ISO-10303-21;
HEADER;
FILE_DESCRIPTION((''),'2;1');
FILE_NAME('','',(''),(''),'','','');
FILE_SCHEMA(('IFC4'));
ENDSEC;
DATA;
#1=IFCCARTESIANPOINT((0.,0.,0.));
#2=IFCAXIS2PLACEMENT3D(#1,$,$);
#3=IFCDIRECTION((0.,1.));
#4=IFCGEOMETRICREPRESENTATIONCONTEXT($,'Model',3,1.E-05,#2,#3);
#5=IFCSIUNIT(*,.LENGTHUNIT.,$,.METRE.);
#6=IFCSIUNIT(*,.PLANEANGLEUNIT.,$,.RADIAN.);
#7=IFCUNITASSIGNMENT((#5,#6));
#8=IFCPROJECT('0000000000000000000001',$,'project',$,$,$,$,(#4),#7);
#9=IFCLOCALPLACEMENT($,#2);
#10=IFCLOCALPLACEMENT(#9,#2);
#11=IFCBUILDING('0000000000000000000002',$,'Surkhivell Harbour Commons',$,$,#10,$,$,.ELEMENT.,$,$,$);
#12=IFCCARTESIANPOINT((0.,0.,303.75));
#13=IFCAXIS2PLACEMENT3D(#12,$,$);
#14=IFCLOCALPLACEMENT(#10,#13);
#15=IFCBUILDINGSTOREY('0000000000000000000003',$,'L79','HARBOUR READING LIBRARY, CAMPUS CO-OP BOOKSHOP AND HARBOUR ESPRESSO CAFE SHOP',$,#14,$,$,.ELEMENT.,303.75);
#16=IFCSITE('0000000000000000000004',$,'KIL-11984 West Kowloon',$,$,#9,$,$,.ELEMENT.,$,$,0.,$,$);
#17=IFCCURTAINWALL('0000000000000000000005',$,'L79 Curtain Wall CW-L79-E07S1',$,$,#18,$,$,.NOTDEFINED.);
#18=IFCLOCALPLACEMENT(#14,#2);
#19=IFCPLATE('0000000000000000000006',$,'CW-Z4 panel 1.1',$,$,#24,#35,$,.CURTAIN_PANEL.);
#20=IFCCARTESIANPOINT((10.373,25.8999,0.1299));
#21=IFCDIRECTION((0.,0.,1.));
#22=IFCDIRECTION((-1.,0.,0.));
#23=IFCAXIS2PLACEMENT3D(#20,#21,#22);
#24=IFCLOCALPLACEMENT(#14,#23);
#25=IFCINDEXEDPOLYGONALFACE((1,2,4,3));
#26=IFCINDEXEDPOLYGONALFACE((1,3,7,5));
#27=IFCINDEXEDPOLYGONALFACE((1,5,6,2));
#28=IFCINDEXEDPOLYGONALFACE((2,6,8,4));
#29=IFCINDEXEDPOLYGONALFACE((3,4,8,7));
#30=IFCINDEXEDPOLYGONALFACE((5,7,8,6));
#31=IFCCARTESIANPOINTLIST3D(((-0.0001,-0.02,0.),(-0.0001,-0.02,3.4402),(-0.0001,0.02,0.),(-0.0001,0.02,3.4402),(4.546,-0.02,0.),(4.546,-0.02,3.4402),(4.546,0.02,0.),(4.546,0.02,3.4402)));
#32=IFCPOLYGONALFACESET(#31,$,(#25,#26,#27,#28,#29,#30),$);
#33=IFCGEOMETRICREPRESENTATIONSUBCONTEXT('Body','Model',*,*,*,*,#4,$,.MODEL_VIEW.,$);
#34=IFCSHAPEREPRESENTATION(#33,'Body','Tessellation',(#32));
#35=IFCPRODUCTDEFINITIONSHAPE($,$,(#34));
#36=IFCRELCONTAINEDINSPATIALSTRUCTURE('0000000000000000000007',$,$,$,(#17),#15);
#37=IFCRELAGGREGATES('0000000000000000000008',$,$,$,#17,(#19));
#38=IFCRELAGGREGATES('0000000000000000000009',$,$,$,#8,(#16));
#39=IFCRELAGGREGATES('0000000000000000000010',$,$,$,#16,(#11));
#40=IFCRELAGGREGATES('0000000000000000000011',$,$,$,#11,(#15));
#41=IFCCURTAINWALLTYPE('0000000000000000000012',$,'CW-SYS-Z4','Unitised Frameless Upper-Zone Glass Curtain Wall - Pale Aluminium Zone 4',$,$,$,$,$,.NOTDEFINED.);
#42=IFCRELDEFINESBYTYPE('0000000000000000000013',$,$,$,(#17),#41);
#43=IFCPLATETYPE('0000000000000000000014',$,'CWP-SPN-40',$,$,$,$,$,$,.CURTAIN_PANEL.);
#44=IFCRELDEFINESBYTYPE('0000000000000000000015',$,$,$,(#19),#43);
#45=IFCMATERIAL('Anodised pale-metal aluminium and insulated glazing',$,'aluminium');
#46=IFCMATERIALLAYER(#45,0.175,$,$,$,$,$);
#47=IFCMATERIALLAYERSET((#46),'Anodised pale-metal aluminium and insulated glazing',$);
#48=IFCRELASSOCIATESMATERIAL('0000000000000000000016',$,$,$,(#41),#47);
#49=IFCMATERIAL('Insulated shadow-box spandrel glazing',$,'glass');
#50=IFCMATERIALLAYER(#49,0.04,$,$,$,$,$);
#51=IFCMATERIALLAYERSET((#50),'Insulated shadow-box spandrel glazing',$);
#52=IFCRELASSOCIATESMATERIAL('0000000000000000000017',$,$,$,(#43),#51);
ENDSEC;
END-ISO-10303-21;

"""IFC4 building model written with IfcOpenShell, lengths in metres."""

from ifc_helpers import new_model, si_unit, direction, frame, frame_2d, origin, place, context, subcontext, project, spatial, rectangle, extrude, material, layer, layer_set, type_object, element, aggregate, save


model = new_model("IFC4")

# Units and contexts
model_context = context("Model", 3, precision=1e-05, world=origin(), true_north=direction((0.0, 1.0)))
body_context = subcontext(model_context, "Body", "Model", "MODEL_VIEW")
ifc_project = project(units=[si_unit("LENGTHUNIT", "METRE"), si_unit("PLANEANGLEUNIT", "RADIAN")], contexts=[model_context])

# Site, building, storey
site_placement = place(None, origin())
site = spatial("IfcSite", under=ifc_project, at=site_placement, Name="KIL-11984 West Kowloon", CompositionType="ELEMENT", RefElevation=0.0)
building_placement = place(site_placement, origin())
building = spatial("IfcBuilding", under=site, at=building_placement, Name="Surkhivell Harbour Commons", CompositionType="ELEMENT")
storey_placement = place(building_placement, frame((0.0, 0.0, 303.75)))
storey = spatial("IfcBuildingStorey", under=building, at=storey_placement, Name="L79", Description="HARBOUR READING LIBRARY, CAMPUS CO-OP BOOKSHOP AND HARBOUR ESPRESSO CAFE SHOP", CompositionType="ELEMENT", Elevation=303.75)

# Curtain wall
ifc_material_1 = material(Name="Anodised pale-metal aluminium and insulated glazing", Category="aluminium")
ifc_layer_1 = layer(ifc_material_1, 0.175)
ifc_layer_set_1 = layer_set([ifc_layer_1], Name="Anodised pale-metal aluminium and insulated glazing")
curtain_wall_type = type_object("IfcCurtainWallType", Name="CW-SYS-Z4", Description="Unitised Frameless Upper-Zone Glass Curtain Wall - Pale Aluminium Zone 4", PredefinedType="NOTDEFINED", material=ifc_layer_set_1)
curtain_wall_1_placement = place(storey_placement, origin())
curtain_wall_1 = element("IfcCurtainWall", 1, at=curtain_wall_1_placement, inside=storey, type_object=curtain_wall_type, Name="L79 Curtain Wall CW-L79-E07S1", PredefinedType="NOTDEFINED")

# Plate
ifc_material_2 = material(Name="Insulated shadow-box spandrel glazing", Category="glass")
ifc_layer_2 = layer(ifc_material_2, 0.04)
ifc_layer_set_2 = layer_set([ifc_layer_2], Name="Insulated shadow-box spandrel glazing")
plate_type = type_object("IfcPlateType", Name="CWP-SPN-40", PredefinedType="CURTAIN_PANEL", material=ifc_layer_set_2)
plate_1_placement = place(storey_placement, frame((10.373, 25.8999, 0.1299), z_axis=(0.0, 0.0, 1.0), x_axis=(-1.0, 0.0, 0.0)))
plate_1 = element("IfcPlate", 2, at=plate_1_placement, type_object=plate_type, Name="CW-Z4 panel 1.1", PredefinedType="CURTAIN_PANEL", context=body_context, shape_type="SweptSolid", body=[
    extrude(rectangle(XDim=4.5461, YDim=0.04, at=frame_2d((2.2729, 0.0))), origin(), (0.0, 0.0, 1.0), 3.4402),
])
aggregate(curtain_wall_1, [plate_1])

save(model, "model.ifc")
